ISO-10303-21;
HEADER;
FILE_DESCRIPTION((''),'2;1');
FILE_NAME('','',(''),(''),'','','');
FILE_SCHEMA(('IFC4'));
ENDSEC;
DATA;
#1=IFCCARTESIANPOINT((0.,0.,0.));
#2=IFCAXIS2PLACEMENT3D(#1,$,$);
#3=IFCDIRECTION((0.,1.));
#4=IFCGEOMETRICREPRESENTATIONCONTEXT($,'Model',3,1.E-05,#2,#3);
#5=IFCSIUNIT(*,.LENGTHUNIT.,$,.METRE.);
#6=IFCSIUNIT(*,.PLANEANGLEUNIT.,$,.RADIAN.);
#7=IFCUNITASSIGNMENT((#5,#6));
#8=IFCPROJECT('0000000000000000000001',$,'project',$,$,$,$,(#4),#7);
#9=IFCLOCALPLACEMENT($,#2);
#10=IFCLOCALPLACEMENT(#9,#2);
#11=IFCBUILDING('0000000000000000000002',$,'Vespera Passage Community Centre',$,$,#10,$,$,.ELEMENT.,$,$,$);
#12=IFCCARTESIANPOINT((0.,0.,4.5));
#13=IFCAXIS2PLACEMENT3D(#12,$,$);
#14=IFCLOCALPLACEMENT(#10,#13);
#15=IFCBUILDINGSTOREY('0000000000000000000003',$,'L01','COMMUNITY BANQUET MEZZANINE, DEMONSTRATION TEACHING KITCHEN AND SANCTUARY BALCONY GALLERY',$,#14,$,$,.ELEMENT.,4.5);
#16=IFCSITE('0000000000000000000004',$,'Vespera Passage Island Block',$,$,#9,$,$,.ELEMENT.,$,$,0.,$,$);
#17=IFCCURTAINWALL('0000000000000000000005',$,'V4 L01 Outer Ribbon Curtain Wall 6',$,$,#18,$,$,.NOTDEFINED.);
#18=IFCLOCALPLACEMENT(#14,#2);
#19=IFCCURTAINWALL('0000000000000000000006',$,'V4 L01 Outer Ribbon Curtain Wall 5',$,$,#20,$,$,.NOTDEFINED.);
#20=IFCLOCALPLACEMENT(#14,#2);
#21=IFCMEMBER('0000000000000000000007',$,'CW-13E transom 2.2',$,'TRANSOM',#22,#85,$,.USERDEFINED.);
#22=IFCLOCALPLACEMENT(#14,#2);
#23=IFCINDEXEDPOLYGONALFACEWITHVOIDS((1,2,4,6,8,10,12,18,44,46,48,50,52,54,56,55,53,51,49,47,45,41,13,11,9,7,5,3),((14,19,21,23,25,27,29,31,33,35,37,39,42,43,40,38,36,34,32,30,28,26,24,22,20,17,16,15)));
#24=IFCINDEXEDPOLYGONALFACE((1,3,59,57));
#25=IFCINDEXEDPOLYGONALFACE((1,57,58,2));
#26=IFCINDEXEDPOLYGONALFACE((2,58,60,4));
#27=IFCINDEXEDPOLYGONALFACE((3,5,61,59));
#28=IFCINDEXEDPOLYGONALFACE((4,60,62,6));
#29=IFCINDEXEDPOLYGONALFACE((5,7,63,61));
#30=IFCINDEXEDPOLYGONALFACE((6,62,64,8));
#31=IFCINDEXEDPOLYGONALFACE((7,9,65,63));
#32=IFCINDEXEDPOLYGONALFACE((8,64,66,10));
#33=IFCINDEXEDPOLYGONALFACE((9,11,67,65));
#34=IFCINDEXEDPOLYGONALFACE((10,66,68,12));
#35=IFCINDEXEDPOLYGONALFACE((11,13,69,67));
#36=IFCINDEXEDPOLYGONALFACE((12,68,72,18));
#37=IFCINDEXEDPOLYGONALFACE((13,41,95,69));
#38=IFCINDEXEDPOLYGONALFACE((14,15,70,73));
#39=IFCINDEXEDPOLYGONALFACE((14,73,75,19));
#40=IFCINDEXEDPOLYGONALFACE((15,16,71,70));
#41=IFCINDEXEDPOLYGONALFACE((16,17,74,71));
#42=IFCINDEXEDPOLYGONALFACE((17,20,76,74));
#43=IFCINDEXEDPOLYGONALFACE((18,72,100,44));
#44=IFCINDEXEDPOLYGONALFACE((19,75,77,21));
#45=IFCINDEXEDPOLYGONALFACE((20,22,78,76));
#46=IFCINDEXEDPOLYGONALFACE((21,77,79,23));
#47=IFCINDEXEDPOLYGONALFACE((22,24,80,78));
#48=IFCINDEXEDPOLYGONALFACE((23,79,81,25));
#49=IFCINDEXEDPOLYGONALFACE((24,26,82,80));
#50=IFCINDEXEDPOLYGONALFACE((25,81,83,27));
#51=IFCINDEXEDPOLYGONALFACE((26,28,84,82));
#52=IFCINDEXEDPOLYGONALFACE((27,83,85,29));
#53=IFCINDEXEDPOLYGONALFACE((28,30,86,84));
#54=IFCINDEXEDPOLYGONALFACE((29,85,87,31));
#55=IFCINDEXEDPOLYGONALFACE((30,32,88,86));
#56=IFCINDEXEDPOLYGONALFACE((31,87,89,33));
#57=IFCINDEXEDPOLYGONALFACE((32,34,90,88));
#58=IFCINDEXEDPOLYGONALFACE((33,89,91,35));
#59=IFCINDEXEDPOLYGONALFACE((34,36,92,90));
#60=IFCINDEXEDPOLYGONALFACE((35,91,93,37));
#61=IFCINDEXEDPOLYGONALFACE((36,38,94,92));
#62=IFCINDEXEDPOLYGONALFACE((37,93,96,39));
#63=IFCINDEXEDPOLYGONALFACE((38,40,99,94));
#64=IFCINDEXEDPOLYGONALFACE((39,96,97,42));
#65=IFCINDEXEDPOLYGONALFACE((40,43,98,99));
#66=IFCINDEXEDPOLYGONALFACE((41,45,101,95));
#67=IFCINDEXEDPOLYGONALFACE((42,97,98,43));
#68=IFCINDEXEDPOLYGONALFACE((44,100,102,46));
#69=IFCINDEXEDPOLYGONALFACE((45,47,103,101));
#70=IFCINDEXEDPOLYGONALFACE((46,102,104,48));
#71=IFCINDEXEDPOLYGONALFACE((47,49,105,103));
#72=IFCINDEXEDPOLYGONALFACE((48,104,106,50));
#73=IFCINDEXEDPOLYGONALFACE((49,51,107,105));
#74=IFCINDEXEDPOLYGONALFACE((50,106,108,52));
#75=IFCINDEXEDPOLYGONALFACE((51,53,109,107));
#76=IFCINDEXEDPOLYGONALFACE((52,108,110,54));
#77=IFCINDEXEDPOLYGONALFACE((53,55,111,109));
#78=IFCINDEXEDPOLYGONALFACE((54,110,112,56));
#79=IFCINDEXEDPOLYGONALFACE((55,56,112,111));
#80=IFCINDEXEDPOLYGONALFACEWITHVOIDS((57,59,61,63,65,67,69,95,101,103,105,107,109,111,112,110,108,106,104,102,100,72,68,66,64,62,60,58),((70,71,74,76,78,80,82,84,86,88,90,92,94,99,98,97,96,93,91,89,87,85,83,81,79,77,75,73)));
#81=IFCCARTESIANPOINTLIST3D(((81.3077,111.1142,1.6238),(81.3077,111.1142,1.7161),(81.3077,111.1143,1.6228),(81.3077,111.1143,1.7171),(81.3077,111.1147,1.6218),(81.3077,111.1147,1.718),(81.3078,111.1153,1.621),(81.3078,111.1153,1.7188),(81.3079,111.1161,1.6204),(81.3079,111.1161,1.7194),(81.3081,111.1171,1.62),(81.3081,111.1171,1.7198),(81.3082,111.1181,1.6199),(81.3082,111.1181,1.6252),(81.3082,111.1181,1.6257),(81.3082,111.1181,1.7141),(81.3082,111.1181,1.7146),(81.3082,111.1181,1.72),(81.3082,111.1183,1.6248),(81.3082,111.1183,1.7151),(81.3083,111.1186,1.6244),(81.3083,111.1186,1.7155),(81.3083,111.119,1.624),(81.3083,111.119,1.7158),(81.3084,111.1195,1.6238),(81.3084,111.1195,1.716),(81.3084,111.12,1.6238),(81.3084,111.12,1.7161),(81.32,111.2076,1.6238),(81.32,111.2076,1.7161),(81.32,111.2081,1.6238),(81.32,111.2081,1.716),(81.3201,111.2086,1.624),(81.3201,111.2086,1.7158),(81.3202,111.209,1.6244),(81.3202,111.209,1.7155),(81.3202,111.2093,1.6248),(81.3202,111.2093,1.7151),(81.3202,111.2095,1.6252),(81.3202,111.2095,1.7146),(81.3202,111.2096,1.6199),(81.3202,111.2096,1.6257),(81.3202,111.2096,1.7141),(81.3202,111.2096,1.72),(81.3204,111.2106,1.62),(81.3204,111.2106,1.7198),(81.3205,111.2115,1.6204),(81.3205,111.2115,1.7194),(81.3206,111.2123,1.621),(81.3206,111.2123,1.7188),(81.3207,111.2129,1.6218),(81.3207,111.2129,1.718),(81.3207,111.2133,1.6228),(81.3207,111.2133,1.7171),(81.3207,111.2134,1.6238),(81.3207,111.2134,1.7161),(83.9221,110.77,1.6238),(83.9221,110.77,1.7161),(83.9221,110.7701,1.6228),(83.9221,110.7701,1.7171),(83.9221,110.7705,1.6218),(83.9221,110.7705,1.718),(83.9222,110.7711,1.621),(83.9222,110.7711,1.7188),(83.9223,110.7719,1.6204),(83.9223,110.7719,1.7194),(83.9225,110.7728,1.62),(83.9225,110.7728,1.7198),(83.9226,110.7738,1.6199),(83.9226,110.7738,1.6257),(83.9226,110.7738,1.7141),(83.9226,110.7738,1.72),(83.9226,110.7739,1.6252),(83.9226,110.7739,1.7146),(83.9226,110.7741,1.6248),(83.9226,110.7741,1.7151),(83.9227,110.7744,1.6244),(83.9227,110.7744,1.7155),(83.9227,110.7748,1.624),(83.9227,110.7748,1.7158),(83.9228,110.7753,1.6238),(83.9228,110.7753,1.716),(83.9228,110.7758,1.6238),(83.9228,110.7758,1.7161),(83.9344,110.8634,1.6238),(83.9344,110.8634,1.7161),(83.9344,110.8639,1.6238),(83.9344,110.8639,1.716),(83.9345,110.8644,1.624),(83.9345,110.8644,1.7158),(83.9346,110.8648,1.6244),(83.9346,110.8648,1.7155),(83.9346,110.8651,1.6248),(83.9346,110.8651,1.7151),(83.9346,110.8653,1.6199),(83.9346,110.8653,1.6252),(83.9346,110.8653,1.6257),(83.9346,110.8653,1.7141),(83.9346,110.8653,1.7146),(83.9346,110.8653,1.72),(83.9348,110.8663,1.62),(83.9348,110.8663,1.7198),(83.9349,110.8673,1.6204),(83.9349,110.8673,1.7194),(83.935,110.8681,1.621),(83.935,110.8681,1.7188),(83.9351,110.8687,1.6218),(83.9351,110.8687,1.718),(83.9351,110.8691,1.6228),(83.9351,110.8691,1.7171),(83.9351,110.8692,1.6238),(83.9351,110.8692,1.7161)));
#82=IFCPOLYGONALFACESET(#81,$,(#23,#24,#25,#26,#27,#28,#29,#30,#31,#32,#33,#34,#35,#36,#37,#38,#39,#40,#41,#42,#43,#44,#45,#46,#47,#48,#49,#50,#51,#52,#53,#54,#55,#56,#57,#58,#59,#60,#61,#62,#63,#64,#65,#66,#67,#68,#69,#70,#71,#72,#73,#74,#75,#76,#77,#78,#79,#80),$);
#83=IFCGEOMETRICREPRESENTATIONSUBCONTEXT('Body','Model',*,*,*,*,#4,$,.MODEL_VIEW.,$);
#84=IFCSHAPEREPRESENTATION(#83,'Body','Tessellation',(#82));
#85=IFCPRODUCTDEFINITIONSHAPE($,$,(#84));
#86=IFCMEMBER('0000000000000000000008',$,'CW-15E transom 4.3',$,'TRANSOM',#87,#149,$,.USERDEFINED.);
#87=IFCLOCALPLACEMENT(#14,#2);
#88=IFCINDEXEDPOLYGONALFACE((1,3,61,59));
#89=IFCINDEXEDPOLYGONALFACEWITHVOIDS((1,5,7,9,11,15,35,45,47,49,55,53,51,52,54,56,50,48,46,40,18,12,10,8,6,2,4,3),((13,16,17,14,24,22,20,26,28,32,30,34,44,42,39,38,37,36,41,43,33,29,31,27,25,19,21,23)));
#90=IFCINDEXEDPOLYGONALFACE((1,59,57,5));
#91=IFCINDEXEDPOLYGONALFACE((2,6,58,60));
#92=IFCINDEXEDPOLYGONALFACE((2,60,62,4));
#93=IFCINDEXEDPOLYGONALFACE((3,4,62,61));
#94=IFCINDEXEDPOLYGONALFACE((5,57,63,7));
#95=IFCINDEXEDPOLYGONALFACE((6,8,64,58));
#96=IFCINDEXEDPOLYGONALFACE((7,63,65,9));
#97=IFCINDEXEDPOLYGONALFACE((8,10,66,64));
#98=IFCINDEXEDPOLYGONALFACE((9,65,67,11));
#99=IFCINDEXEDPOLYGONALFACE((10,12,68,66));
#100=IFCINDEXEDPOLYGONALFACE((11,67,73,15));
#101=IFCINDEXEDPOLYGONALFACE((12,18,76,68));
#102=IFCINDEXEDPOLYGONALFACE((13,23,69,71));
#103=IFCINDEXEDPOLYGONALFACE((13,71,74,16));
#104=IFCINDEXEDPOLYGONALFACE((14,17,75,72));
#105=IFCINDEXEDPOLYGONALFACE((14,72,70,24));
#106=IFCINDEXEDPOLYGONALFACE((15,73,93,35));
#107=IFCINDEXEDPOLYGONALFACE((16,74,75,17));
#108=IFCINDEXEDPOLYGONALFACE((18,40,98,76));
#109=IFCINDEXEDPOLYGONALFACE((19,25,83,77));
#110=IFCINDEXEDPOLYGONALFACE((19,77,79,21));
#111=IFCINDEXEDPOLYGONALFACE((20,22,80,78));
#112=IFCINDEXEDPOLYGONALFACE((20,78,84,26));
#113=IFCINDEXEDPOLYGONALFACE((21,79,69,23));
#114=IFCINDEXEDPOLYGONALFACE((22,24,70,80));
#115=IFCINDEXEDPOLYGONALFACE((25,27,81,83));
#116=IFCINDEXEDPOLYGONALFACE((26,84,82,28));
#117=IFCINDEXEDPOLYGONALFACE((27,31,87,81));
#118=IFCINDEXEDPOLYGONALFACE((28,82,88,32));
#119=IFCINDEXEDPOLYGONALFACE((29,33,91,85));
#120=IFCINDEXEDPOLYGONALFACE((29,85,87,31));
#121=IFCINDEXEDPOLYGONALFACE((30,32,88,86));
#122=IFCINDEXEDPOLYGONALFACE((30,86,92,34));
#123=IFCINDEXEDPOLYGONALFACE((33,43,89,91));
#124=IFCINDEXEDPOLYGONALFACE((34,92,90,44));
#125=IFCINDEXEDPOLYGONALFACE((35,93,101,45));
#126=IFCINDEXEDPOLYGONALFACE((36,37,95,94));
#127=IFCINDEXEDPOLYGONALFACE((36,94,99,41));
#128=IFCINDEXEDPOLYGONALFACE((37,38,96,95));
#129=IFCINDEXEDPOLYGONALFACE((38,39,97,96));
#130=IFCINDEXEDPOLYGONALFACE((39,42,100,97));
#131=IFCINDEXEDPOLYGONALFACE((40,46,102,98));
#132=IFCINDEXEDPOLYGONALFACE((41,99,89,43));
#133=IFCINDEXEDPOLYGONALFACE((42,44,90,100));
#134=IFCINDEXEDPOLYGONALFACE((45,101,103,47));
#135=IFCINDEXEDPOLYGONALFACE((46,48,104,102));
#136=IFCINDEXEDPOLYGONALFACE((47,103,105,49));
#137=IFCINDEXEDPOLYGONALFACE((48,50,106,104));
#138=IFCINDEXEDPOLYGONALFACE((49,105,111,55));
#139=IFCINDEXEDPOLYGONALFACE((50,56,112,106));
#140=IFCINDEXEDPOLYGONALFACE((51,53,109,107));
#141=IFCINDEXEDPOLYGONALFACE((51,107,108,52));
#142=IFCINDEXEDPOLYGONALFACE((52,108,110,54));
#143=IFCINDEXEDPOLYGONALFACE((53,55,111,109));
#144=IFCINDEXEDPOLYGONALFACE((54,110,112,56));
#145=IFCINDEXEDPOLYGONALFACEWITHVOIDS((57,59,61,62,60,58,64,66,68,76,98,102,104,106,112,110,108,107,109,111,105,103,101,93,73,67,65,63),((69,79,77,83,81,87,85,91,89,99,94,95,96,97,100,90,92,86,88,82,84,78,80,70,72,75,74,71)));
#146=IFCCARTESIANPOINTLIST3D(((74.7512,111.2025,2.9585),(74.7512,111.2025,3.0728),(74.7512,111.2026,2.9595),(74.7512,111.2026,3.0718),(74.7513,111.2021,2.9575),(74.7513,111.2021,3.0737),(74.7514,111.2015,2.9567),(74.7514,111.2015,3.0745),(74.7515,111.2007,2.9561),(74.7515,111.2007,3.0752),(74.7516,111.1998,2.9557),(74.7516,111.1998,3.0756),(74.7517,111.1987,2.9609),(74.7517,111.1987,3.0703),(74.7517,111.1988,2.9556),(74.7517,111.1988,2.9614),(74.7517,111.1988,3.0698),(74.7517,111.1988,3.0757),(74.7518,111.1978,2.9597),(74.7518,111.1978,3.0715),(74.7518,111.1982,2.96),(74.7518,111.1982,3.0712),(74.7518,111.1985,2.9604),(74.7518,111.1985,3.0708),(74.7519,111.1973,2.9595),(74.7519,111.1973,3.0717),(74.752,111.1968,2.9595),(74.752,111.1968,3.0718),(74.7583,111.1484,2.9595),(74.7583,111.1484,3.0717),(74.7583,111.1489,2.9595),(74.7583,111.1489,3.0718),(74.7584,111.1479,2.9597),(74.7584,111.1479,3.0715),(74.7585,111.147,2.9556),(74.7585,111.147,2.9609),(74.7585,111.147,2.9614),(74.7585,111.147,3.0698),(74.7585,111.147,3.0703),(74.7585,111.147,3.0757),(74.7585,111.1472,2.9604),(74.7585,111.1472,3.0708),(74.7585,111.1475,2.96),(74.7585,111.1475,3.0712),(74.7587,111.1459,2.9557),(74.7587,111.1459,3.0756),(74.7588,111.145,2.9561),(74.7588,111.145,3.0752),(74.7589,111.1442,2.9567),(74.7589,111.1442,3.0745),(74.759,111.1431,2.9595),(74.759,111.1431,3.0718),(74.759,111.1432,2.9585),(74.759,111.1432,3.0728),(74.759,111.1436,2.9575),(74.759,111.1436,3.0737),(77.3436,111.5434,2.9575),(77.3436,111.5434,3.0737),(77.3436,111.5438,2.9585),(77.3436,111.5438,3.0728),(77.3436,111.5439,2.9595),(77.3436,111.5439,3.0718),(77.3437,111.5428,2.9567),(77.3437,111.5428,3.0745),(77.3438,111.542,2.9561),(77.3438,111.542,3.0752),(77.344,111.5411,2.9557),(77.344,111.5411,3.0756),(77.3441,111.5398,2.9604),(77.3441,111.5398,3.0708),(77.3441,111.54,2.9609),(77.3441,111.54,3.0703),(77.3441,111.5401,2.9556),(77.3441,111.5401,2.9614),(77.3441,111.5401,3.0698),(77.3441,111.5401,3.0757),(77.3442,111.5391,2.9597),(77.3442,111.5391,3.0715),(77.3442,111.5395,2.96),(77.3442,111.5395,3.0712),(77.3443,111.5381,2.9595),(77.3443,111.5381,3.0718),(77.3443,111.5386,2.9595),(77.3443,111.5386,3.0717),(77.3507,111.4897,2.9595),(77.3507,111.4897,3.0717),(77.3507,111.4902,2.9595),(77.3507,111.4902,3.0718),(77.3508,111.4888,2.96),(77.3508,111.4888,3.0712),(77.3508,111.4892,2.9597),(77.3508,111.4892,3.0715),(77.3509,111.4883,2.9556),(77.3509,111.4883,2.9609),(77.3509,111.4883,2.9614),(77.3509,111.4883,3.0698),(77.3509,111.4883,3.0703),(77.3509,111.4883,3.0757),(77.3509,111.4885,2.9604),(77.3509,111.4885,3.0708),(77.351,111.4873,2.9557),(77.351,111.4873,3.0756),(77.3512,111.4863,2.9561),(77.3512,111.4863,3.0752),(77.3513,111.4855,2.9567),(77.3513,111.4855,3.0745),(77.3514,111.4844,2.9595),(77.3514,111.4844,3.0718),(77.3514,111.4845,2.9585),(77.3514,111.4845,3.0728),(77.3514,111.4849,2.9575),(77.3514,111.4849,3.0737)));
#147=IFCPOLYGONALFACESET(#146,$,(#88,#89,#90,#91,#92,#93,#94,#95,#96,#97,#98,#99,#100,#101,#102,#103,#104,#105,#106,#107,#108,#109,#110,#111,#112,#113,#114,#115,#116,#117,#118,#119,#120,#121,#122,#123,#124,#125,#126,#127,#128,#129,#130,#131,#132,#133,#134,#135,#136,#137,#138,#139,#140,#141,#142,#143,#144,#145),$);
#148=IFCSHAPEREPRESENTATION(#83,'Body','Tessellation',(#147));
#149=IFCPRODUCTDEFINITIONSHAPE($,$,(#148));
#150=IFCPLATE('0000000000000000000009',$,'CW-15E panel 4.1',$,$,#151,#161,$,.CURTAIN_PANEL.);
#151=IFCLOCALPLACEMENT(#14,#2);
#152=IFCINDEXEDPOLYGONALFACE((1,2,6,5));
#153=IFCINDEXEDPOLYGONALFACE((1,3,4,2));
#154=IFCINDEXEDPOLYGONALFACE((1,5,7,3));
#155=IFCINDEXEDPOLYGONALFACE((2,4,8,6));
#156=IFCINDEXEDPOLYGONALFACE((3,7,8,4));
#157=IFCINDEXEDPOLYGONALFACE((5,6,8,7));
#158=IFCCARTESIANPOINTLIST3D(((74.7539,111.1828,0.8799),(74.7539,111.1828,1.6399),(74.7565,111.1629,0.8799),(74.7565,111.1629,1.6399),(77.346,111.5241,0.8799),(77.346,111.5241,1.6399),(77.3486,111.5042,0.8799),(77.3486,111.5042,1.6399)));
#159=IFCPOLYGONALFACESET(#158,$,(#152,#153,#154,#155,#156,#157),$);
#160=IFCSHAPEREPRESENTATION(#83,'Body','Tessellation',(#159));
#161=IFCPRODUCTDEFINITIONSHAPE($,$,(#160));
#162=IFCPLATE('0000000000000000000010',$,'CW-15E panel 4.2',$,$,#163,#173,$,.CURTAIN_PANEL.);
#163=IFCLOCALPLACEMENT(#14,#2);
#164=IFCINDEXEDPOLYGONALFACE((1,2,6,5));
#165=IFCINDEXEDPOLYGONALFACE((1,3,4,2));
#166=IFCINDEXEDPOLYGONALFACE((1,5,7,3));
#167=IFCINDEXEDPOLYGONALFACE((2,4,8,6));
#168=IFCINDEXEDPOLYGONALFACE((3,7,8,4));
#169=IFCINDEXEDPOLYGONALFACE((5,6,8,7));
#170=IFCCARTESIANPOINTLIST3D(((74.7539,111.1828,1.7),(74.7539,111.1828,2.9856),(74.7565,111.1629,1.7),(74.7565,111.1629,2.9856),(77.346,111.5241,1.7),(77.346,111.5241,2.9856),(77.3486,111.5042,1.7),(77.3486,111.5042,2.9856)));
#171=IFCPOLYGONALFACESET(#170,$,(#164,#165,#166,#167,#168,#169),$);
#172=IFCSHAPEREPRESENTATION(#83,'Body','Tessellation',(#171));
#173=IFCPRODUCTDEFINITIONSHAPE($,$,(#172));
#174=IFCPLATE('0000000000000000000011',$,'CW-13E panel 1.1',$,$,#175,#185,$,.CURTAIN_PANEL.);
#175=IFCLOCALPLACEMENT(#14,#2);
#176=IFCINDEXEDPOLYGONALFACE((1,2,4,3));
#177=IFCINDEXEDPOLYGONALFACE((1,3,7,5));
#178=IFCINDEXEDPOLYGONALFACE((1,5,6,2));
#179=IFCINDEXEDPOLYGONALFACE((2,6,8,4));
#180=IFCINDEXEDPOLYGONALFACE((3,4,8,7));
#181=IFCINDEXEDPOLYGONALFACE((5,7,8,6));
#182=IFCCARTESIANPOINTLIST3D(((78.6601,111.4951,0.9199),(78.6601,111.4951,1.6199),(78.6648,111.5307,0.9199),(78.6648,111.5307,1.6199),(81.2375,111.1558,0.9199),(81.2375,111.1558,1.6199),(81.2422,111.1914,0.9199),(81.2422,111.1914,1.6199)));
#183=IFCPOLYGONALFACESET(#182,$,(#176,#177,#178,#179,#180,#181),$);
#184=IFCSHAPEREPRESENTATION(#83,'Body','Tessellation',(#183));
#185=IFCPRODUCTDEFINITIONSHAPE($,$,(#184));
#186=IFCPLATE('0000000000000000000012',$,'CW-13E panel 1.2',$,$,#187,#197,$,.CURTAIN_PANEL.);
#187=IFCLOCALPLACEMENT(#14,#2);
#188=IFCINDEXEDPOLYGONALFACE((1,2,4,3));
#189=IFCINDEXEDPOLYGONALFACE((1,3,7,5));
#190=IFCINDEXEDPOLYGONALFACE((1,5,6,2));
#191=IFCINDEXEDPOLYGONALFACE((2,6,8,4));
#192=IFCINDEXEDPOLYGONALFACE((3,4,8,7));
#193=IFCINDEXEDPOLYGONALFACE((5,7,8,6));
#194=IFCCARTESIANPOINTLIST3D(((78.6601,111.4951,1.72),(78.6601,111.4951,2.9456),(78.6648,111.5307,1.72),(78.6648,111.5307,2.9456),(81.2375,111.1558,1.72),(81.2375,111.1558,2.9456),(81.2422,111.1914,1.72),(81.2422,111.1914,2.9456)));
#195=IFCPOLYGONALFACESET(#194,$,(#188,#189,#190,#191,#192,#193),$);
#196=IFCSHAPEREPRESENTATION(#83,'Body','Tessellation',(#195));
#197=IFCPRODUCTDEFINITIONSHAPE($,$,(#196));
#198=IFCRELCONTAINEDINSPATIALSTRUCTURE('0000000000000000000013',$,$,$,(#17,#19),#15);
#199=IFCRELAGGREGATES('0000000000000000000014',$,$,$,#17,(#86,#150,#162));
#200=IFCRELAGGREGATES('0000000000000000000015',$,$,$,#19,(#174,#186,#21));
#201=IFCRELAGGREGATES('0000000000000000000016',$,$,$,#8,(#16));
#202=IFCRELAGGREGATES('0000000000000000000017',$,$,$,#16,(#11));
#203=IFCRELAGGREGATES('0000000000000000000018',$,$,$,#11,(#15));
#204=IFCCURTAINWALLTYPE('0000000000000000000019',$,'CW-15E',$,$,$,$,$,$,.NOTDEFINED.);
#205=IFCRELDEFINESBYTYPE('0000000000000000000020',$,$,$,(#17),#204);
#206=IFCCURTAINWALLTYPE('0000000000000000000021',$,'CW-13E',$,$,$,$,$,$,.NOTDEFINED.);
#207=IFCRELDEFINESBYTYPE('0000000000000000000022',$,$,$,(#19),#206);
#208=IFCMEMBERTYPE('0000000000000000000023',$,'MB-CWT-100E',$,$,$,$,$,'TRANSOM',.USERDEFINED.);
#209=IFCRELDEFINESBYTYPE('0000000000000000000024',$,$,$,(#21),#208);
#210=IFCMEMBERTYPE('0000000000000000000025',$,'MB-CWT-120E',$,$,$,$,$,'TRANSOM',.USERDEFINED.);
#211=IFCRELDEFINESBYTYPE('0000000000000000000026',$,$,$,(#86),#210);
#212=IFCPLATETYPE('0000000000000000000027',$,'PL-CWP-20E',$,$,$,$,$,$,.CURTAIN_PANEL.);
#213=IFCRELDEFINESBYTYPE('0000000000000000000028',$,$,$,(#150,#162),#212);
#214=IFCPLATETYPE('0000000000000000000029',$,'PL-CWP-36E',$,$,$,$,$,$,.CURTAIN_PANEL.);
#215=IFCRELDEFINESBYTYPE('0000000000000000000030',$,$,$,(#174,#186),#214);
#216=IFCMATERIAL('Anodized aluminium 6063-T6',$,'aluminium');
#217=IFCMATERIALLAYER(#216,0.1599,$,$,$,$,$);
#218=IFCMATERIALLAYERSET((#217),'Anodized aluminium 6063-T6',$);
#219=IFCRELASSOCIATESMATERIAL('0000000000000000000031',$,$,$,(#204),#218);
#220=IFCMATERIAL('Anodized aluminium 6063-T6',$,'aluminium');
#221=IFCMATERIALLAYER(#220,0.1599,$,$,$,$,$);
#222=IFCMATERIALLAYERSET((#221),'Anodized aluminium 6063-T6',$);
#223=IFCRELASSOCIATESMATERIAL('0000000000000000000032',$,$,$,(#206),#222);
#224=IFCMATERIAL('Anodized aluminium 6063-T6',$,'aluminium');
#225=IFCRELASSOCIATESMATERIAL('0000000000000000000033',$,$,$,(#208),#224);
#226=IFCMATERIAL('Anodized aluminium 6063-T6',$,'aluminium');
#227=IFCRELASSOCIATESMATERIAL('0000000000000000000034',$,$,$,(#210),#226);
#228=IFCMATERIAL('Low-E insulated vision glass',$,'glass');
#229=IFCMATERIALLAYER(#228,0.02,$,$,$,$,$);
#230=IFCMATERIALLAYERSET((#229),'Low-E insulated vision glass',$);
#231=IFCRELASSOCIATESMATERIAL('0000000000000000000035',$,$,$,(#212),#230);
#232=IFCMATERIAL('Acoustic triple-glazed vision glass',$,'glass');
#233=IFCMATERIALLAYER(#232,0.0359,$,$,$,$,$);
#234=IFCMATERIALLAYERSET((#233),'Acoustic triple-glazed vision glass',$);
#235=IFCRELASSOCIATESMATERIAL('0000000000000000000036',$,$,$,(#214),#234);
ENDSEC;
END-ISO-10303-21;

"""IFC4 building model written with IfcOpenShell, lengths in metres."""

from ifc_helpers import new_model, si_unit, direction, frame, origin, origin_2d, place, context, subcontext, project, spatial, rectangle, hollow_rectangle, extrude, material, layer, layer_set, material_profile, profile_set, type_object, element, aggregate, save


model = new_model("IFC4")

# Units and contexts
model_context = context("Model", 3, precision=1e-05, world=origin(), true_north=direction((0.0, 1.0)))
body_context = subcontext(model_context, "Body", "Model", "MODEL_VIEW")
ifc_project = project(units=[si_unit("LENGTHUNIT", "METRE"), si_unit("PLANEANGLEUNIT", "RADIAN")], contexts=[model_context])

# Site, building, storey
site_placement = place(None, origin())
site = spatial("IfcSite", under=ifc_project, at=site_placement, Name="Vespera Passage Island Block", CompositionType="ELEMENT", RefElevation=0.0)
building_placement = place(site_placement, origin())
building = spatial("IfcBuilding", under=site, at=building_placement, Name="Vespera Passage Community Centre", CompositionType="ELEMENT")
storey_placement = place(building_placement, frame((0.0, 0.0, 4.5)))
storey = spatial("IfcBuildingStorey", under=building, at=storey_placement, Name="L01", Description="COMMUNITY BANQUET MEZZANINE, DEMONSTRATION TEACHING KITCHEN AND SANCTUARY BALCONY GALLERY", CompositionType="ELEMENT", Elevation=4.5)

# Curtain wall
ifc_material_1 = material(Name="Anodized aluminium 6063-T6", Category="aluminium")
ifc_layer_1 = layer(ifc_material_1, 0.1599)
ifc_layer_set_1 = layer_set([ifc_layer_1], Name="Anodized aluminium 6063-T6")
curtain_wall_type_1 = type_object("IfcCurtainWallType", Name="CW-15E", PredefinedType="NOTDEFINED", material=ifc_layer_set_1)
curtain_wall_1_placement = place(storey_placement, origin())
curtain_wall_1 = element("IfcCurtainWall", 1, at=curtain_wall_1_placement, inside=storey, type_object=curtain_wall_type_1, Name="V4 L01 Outer Ribbon Curtain Wall 6", PredefinedType="NOTDEFINED")

# Curtain wall, member
ifc_material_2 = material(Name="Anodized aluminium 6063-T6", Category="aluminium")
ifc_layer_2 = layer(ifc_material_2, 0.1599)
ifc_layer_set_2 = layer_set([ifc_layer_2], Name="Anodized aluminium 6063-T6")
curtain_wall_type_2 = type_object("IfcCurtainWallType", Name="CW-13E", PredefinedType="NOTDEFINED", material=ifc_layer_set_2)
curtain_wall_2_placement = place(storey_placement, origin())
curtain_wall_2 = element("IfcCurtainWall", 2, at=curtain_wall_2_placement, inside=storey, type_object=curtain_wall_type_2, Name="V4 L01 Outer Ribbon Curtain Wall 5", PredefinedType="NOTDEFINED")
ifc_material_3 = material(Name="Anodized aluminium 6063-T6", Category="aluminium")
ifc_material_profile_1 = material_profile(ifc_material_3, hollow_rectangle(XDim=0.1001, YDim=0.1001, WallThickness=0.0039, InnerFilletRadius=0.002, OuterFilletRadius=0.0039, at=origin_2d()), Name="ALU100X100X4")
ifc_profile_set_1 = profile_set([ifc_material_profile_1], Name="Anodized aluminium 6063-T6")
member_type_1 = type_object("IfcMemberType", Name="MB-CWT-100E", ElementType="TRANSOM", PredefinedType="USERDEFINED", material=ifc_profile_set_1)
member_1_placement = place(storey_placement, frame((81.3142, 111.1638, 1.6699), z_axis=(0.991443, -0.130538, 0.0), x_axis=(0.130538, 0.991443, 0.0)))
member_1 = element("IfcMember", 3, at=member_1_placement, type_object=member_type_1, Name="CW-13E transom 2.2", ObjectType="TRANSOM", PredefinedType="USERDEFINED", context=body_context, shape_type="SweptSolid", body=[
    extrude(hollow_rectangle(XDim=0.1001, YDim=0.1001, WallThickness=0.0039, InnerFilletRadius=0.002, OuterFilletRadius=0.0039, at=origin_2d()), origin(), (0.0, 0.0, 1.0), 2.637),
])

# Member
ifc_material_4 = material(Name="Anodized aluminium 6063-T6", Category="aluminium")
ifc_material_profile_2 = material_profile(ifc_material_4, hollow_rectangle(XDim=0.0601, YDim=0.1201, WallThickness=0.0039, InnerFilletRadius=0.002, OuterFilletRadius=0.0039, at=origin_2d()), Name="ALU120X60X4")
ifc_profile_set_2 = profile_set([ifc_material_profile_2], Name="Anodized aluminium 6063-T6")
member_type_2 = type_object("IfcMemberType", Name="MB-CWT-120E", ElementType="TRANSOM", PredefinedType="USERDEFINED", material=ifc_profile_set_2)
member_2_placement = place(storey_placement, frame((74.7551, 111.1729, 3.0156), z_axis=(0.991443, 0.130537, 0.0), x_axis=(-0.130537, 0.991443, 0.0)))
member_2 = element("IfcMember", 4, at=member_2_placement, type_object=member_type_2, Name="CW-15E transom 4.3", ObjectType="TRANSOM", PredefinedType="USERDEFINED", context=body_context, shape_type="SweptSolid", body=[
    extrude(hollow_rectangle(XDim=0.0601, YDim=0.1201, WallThickness=0.0039, InnerFilletRadius=0.002, OuterFilletRadius=0.0039, at=origin_2d()), origin(), (0.0, 0.0, 1.0), 2.6147),
])

# Plates
ifc_material_5 = material(Name="Low-E insulated vision glass", Category="glass")
ifc_layer_3 = layer(ifc_material_5, 0.02)
ifc_layer_set_3 = layer_set([ifc_layer_3], Name="Low-E insulated vision glass")
plate_type_1 = type_object("IfcPlateType", Name="PL-CWP-20E", PredefinedType="CURTAIN_PANEL", material=ifc_layer_set_3)
plate_1_placement = place(storey_placement, frame((76.0513, 111.3435, 0.8799), z_axis=(0.0, 0.0, 1.0), x_axis=(0.991444, 0.130531, 0.0)))
plate_1 = element("IfcPlate", 5, at=plate_1_placement, type_object=plate_type_1, Name="CW-15E panel 4.1", PredefinedType="CURTAIN_PANEL", context=body_context, shape_type="SweptSolid", body=[
    extrude(rectangle(XDim=2.6145, YDim=0.02, at=origin_2d()), origin(), (0.0, 0.0, 1.0), 0.76),
])
plate_2_placement = place(storey_placement, frame((76.0513, 111.3435, 1.7), z_axis=(0.0, 0.0, 1.0), x_axis=(0.991444, 0.130531, 0.0)))
plate_2 = element("IfcPlate", 6, at=plate_2_placement, type_object=plate_type_1, Name="CW-15E panel 4.2", PredefinedType="CURTAIN_PANEL", context=body_context, shape_type="SweptSolid", body=[
    extrude(rectangle(XDim=2.6145, YDim=0.02, at=origin_2d()), origin(), (0.0, 0.0, 1.0), 1.2856),
])
aggregate(curtain_wall_1, [member_2, plate_1, plate_2])
ifc_material_6 = material(Name="Acoustic triple-glazed vision glass", Category="glass")
ifc_layer_4 = layer(ifc_material_6, 0.0359)
ifc_layer_set_4 = layer_set([ifc_layer_4], Name="Acoustic triple-glazed vision glass")
plate_type_2 = type_object("IfcPlateType", Name="PL-CWP-36E", PredefinedType="CURTAIN_PANEL", material=ifc_layer_set_4)
plate_3_placement = place(storey_placement, frame((79.9512, 111.3433, 0.9199), z_axis=(0.0, 0.0, 1.0), x_axis=(0.991444, -0.130531, 0.0)))
plate_3 = element("IfcPlate", 7, at=plate_3_placement, type_object=plate_type_2, Name="CW-13E panel 1.1", PredefinedType="CURTAIN_PANEL", context=body_context, shape_type="SweptSolid", body=[
    extrude(rectangle(XDim=2.5996, YDim=0.0359, at=origin_2d()), origin(), (0.0, 0.0, 1.0), 0.7),
])
plate_4_placement = place(storey_placement, frame((79.9512, 111.3433, 1.72), z_axis=(0.0, 0.0, 1.0), x_axis=(0.991444, -0.130531, 0.0)))
plate_4 = element("IfcPlate", 8, at=plate_4_placement, type_object=plate_type_2, Name="CW-13E panel 1.2", PredefinedType="CURTAIN_PANEL", context=body_context, shape_type="SweptSolid", body=[
    extrude(rectangle(XDim=2.5996, YDim=0.0359, at=origin_2d()), origin(), (0.0, 0.0, 1.0), 1.2256),
])
aggregate(curtain_wall_2, [plate_3, plate_4, member_1])

save(model, "model.ifc")
